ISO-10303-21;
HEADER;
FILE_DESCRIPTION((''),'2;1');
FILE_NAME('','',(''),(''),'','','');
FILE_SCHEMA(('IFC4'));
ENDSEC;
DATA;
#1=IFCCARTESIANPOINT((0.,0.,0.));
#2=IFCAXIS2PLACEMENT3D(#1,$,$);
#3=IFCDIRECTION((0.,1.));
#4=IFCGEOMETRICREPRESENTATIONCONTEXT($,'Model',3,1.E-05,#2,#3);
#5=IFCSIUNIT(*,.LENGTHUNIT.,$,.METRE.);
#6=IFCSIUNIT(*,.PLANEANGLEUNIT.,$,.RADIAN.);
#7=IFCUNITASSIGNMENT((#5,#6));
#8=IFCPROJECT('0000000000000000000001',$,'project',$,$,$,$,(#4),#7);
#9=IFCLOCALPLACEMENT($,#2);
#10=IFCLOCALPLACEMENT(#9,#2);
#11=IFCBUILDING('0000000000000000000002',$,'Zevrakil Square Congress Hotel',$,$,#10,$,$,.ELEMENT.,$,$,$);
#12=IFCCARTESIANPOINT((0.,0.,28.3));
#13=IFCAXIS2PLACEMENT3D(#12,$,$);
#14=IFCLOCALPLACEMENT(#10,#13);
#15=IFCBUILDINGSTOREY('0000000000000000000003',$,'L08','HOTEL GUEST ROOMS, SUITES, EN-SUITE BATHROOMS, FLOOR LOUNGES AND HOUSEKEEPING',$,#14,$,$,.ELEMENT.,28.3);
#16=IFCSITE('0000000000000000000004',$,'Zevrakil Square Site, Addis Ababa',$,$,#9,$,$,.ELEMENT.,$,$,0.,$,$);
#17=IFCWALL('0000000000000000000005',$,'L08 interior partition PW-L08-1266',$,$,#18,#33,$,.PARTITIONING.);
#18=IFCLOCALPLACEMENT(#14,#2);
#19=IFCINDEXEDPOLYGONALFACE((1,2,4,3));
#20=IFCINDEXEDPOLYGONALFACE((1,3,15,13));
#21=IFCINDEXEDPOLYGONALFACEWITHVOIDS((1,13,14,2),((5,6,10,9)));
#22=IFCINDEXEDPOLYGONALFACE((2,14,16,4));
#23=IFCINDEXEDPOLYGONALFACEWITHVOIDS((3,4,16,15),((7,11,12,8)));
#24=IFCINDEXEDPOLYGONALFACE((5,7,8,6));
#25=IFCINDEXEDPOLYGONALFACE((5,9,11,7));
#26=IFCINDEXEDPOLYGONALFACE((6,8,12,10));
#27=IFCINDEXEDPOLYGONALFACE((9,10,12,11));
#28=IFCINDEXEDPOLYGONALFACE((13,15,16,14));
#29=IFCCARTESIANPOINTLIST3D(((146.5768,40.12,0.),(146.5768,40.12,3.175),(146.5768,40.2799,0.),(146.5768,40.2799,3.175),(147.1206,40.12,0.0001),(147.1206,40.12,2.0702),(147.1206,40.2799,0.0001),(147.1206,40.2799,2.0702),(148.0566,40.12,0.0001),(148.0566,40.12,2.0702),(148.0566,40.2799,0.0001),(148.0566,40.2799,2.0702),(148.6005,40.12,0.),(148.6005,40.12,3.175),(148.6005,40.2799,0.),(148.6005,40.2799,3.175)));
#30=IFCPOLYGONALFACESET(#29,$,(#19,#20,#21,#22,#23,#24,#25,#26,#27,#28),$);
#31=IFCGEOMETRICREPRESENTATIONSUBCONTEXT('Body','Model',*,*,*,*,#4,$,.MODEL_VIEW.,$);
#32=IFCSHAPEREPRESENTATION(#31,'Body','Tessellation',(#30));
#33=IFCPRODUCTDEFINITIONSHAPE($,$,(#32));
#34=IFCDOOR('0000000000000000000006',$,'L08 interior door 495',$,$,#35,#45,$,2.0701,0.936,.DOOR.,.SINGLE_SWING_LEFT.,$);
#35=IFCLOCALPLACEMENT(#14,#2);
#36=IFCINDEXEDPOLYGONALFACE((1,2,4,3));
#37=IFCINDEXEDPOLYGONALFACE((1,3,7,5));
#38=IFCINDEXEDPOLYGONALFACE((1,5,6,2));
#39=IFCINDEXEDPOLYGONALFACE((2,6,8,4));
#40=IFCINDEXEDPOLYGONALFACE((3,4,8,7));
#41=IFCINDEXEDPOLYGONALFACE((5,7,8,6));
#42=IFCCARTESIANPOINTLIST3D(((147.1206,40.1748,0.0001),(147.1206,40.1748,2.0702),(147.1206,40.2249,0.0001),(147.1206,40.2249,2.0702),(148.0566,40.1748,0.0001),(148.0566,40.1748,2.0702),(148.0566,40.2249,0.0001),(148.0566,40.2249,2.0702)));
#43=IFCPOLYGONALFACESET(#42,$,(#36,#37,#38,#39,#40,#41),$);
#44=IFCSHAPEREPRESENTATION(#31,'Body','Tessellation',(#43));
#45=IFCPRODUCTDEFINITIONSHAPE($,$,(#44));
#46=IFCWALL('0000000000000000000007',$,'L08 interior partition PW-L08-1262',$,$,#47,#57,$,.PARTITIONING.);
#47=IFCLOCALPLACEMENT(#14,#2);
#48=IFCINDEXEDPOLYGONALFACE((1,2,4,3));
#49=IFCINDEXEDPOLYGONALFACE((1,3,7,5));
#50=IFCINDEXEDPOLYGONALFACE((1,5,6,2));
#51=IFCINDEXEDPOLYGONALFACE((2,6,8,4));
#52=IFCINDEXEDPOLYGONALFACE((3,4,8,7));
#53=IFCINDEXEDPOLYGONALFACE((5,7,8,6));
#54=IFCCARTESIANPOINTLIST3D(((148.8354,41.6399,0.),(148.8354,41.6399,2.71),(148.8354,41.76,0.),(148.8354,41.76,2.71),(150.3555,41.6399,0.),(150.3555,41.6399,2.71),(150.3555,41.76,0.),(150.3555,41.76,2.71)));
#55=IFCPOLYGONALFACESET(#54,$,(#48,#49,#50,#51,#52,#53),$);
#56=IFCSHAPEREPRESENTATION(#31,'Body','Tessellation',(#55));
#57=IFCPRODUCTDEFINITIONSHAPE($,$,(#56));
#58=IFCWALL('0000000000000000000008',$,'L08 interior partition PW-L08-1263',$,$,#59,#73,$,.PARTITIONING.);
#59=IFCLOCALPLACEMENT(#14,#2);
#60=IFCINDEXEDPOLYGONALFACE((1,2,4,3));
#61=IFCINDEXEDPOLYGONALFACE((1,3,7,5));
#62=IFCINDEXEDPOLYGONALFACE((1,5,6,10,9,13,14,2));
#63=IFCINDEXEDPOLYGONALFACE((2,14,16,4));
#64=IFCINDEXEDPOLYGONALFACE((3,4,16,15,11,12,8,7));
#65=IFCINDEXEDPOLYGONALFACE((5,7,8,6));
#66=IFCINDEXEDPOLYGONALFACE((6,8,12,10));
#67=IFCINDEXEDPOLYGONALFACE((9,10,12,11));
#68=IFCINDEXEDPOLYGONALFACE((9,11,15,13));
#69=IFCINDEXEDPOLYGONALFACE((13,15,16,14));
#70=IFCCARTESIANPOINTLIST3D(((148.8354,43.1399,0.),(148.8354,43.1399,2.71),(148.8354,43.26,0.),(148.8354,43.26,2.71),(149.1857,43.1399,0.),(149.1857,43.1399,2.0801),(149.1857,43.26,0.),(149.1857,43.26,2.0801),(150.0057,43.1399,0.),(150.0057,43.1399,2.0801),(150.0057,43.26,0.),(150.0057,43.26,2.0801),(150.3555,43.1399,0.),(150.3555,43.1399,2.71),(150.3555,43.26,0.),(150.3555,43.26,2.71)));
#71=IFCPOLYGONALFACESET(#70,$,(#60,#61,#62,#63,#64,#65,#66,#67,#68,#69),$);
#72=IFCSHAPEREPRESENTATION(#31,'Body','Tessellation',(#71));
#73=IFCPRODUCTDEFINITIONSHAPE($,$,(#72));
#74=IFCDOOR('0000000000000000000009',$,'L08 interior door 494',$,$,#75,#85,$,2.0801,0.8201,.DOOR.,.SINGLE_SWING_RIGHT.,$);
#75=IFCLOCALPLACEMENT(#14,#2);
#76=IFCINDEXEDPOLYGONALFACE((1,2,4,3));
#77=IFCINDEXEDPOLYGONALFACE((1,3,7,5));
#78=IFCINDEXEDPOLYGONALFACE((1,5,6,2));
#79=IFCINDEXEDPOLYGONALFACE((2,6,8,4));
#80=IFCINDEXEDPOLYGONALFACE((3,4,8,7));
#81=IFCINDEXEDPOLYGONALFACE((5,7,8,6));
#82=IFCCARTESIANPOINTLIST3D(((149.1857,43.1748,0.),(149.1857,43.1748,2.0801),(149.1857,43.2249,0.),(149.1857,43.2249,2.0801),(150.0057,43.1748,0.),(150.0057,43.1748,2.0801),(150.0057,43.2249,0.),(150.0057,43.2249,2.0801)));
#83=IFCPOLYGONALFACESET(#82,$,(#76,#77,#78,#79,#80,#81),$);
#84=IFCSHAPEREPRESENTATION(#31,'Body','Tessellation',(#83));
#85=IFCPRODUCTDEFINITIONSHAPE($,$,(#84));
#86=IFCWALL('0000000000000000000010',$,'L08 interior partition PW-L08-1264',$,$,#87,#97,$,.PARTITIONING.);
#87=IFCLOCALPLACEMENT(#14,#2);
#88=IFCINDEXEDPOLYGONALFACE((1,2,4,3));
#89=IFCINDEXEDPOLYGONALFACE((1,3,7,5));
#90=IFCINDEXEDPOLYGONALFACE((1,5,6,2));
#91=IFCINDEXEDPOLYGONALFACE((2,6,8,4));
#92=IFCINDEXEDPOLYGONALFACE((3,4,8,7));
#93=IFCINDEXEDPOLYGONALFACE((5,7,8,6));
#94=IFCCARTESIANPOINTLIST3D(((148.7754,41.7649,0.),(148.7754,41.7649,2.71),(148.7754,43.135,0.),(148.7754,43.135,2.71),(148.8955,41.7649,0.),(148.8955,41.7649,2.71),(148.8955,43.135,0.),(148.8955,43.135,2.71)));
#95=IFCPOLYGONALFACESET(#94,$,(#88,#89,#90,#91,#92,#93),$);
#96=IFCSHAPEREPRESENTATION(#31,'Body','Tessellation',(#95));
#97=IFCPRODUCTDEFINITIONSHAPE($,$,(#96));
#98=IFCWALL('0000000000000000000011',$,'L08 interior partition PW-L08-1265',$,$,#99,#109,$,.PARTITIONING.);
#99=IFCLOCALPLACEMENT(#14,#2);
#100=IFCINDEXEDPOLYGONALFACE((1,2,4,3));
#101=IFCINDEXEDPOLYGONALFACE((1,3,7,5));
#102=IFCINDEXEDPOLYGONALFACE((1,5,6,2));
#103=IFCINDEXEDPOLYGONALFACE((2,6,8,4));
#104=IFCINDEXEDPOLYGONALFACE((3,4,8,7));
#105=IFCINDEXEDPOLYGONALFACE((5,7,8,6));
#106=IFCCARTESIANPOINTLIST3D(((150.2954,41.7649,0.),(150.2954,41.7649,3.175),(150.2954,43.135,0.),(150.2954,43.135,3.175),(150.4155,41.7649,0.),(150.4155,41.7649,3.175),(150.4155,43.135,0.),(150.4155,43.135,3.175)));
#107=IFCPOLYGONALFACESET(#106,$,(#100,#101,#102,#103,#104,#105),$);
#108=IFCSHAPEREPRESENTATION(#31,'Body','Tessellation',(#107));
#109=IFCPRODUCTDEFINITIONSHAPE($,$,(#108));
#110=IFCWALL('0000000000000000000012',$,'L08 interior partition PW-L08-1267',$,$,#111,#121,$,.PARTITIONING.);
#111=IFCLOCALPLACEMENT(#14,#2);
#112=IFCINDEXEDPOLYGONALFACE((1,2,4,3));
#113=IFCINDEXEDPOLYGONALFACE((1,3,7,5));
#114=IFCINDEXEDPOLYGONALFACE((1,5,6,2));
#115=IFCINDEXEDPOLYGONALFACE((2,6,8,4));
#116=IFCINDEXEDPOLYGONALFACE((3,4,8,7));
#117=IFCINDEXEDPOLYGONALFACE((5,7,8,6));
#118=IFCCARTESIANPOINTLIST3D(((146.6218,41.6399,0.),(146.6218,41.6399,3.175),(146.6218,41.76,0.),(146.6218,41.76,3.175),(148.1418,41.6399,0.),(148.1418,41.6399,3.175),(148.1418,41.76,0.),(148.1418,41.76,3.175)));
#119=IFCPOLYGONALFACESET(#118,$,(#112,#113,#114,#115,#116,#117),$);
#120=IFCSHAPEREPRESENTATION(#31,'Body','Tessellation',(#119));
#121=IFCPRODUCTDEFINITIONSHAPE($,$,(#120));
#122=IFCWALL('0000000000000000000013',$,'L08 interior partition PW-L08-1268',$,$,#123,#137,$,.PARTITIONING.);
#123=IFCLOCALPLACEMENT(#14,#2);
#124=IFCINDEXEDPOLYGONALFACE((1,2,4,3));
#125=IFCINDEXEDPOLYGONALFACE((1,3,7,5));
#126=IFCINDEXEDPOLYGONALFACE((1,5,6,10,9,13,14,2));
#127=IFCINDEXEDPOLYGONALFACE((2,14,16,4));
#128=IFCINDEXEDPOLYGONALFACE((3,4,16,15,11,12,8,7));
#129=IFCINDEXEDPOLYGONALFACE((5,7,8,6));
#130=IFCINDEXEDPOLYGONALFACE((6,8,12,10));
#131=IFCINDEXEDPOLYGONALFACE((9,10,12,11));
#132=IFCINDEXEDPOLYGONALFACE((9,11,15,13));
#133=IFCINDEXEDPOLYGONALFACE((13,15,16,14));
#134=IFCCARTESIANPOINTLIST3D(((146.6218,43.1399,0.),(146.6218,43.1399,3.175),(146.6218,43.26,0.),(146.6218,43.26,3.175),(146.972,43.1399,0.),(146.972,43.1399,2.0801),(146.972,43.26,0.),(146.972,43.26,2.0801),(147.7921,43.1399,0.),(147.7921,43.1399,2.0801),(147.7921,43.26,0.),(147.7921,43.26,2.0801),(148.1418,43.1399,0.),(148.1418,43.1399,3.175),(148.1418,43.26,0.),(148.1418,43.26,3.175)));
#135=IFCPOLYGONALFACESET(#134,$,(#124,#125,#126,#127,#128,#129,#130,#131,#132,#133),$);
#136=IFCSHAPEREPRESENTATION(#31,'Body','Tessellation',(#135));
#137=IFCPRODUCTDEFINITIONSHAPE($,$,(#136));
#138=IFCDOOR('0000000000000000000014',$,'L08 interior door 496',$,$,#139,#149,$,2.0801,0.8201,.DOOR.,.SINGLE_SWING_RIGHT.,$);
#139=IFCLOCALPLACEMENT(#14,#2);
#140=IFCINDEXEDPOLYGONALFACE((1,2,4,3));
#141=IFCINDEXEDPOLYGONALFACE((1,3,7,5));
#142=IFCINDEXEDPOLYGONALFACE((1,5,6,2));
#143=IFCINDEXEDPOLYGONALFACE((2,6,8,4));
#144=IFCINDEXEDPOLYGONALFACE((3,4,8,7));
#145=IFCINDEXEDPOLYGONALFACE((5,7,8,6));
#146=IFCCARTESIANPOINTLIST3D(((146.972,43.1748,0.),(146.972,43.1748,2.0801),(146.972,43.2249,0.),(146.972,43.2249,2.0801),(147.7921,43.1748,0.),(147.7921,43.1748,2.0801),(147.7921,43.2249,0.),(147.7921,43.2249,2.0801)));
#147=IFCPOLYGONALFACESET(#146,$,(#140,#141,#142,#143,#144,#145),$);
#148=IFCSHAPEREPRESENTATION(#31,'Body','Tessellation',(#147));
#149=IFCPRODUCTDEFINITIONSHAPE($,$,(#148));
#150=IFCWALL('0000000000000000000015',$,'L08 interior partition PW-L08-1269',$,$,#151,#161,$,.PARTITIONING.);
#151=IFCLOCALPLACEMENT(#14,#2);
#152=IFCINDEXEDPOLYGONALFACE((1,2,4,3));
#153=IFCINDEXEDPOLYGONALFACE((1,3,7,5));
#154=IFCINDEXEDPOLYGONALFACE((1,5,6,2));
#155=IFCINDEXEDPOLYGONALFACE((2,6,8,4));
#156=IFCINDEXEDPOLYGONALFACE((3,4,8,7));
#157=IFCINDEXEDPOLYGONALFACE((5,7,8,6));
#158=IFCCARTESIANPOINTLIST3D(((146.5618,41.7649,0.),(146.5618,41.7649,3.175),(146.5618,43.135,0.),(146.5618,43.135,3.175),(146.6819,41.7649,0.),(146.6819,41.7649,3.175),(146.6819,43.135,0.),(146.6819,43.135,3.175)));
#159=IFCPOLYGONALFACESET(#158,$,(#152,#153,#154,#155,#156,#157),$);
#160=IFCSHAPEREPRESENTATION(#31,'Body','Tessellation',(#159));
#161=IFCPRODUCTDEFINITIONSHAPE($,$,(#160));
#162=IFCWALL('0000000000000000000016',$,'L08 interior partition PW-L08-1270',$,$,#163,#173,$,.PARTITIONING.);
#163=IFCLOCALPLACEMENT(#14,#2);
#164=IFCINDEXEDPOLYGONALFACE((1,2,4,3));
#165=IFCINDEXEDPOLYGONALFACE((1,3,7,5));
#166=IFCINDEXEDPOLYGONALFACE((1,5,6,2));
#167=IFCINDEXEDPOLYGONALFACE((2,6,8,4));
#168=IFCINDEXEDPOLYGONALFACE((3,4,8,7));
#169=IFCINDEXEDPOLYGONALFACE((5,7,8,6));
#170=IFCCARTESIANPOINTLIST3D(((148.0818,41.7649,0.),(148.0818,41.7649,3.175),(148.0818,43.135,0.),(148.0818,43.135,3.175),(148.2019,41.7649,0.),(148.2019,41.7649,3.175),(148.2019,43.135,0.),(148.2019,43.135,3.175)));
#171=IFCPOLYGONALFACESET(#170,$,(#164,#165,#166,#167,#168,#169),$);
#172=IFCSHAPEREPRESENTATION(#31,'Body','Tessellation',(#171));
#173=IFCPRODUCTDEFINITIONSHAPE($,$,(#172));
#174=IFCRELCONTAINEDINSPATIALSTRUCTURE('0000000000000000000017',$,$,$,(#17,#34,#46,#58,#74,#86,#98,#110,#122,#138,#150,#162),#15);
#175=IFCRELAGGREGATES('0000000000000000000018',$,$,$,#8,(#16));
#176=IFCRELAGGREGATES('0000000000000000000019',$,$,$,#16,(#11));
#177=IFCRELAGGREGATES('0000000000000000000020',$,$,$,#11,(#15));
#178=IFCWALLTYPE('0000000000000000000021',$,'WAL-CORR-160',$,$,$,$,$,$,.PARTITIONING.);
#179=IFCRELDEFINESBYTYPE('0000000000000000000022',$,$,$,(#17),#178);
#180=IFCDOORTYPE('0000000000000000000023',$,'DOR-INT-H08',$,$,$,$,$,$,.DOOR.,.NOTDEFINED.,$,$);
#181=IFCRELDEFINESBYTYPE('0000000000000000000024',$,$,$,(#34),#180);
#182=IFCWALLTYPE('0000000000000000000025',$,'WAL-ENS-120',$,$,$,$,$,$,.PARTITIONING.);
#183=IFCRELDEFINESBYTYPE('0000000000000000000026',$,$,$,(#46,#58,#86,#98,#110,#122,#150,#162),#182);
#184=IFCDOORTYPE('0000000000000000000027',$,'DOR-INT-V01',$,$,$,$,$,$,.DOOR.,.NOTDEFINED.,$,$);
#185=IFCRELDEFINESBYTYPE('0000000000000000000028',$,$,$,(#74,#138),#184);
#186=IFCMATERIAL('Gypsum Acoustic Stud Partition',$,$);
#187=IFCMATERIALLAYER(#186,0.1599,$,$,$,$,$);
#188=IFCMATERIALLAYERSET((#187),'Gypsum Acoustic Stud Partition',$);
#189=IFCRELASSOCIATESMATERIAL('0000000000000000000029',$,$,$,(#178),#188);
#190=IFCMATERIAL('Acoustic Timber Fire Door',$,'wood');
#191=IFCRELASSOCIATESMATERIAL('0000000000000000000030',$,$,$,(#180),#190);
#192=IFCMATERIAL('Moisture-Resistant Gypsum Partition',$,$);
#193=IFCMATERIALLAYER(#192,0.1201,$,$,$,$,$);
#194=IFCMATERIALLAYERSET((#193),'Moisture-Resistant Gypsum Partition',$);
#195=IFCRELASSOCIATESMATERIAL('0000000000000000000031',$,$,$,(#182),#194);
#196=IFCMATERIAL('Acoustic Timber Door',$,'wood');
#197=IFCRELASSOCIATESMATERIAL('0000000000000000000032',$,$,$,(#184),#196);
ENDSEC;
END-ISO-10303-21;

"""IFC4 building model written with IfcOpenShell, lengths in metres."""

from ifc_helpers import new_model, si_unit, direction, frame, frame_2d, origin, place, context, subcontext, project, spatial, rectangle, extrude, material, layer, layer_set, type_object, element, fill, save


model = new_model("IFC4")

# Units and contexts
model_context = context("Model", 3, precision=1e-05, world=origin(), true_north=direction((0.0, 1.0)))
body_context = subcontext(model_context, "Body", "Model", "MODEL_VIEW")
ifc_project = project(units=[si_unit("LENGTHUNIT", "METRE"), si_unit("PLANEANGLEUNIT", "RADIAN")], contexts=[model_context])

# Site, building, storey
site_placement = place(None, origin())
site = spatial("IfcSite", under=ifc_project, at=site_placement, Name="Zevrakil Square Site, Addis Ababa", CompositionType="ELEMENT", RefElevation=0.0)
building_placement = place(site_placement, origin())
building = spatial("IfcBuilding", under=site, at=building_placement, Name="Zevrakil Square Congress Hotel", CompositionType="ELEMENT")
storey_placement = place(building_placement, frame((0.0, 0.0, 28.3)))
storey = spatial("IfcBuildingStorey", under=building, at=storey_placement, Name="L08", Description="HOTEL GUEST ROOMS, SUITES, EN-SUITE BATHROOMS, FLOOR LOUNGES AND HOUSEKEEPING", CompositionType="ELEMENT", Elevation=28.3)

# Wall, opening, door
ifc_material_1 = material(Name="Gypsum Acoustic Stud Partition")
ifc_layer_1 = layer(ifc_material_1, 0.1599)
ifc_layer_set_1 = layer_set([ifc_layer_1], Name="Gypsum Acoustic Stud Partition")
wall_type_1 = type_object("IfcWallType", Name="WAL-CORR-160", PredefinedType="PARTITIONING", material=ifc_layer_set_1)
wall_1_placement = place(storey_placement, frame((146.5769, 40.2, 0.0), z_axis=(0.0, 0.0, 1.0), x_axis=(1.0, 0.0, 0.0)))
wall_1 = element("IfcWall", 1, at=wall_1_placement, inside=storey, type_object=wall_type_1, Name="L08 interior partition PW-L08-1266", PredefinedType="PARTITIONING", context=body_context, shape_type="SweptSolid", body=[
    extrude(rectangle(XDim=2.0237, YDim=0.1599, at=frame_2d((1.0117, 0.0))), origin(), (0.0, 0.0, 1.0), 3.175),
])
opening_1_placement = place(wall_1_placement, frame((0.5437, 0.0, 0.0)))
opening_1 = element("IfcOpeningElement", 2, at=opening_1_placement, cuts=wall_1, PredefinedType="OPENING", context=body_context, shape_type="SweptSolid", body=[
    extrude(rectangle(XDim=0.936, YDim=2.0701, at=frame_2d((0.468, 1.0352))), frame((0.0, 0.0898, 0.0), z_axis=(0.0, -1.0, 0.0), x_axis=(1.0, 0.0, 0.0)), (0.0, 0.0, 1.0), 0.1799),
])
ifc_material_2 = material(Name="Acoustic Timber Fire Door", Category="wood")
door_type_1 = type_object("IfcDoorType", Name="DOR-INT-H08", OperationType="NOTDEFINED", PredefinedType="DOOR", material=ifc_material_2)
door_1_placement = place(opening_1_placement, origin())
door_1 = element("IfcDoor", 3, at=door_1_placement, inside=storey, type_object=door_type_1, Name="L08 interior door 495", OperationType="SINGLE_SWING_LEFT", OverallHeight=2.0701, OverallWidth=0.936, PredefinedType="DOOR", context=body_context, shape_type="SweptSolid", body=[
    extrude(rectangle(XDim=0.936, YDim=2.0701, at=frame_2d((0.468, 1.0352))), frame((0.0, 0.0249, 0.0), z_axis=(0.0, -1.0, 0.0), x_axis=(1.0, 0.0, 0.0)), (0.0, 0.0, 1.0), 0.05),
])
fill(opening_1, door_1)

# Wall
ifc_material_3 = material(Name="Moisture-Resistant Gypsum Partition")
ifc_layer_2 = layer(ifc_material_3, 0.1201)
ifc_layer_set_2 = layer_set([ifc_layer_2], Name="Moisture-Resistant Gypsum Partition")
wall_type_2 = type_object("IfcWallType", Name="WAL-ENS-120", PredefinedType="PARTITIONING", material=ifc_layer_set_2)
wall_2_placement = place(storey_placement, frame((148.8354, 41.7, 0.0), z_axis=(0.0, 0.0, 1.0), x_axis=(1.0, 0.0, 0.0)))
element("IfcWall", 4, at=wall_2_placement, inside=storey, type_object=wall_type_2, Name="L08 interior partition PW-L08-1262", PredefinedType="PARTITIONING", context=body_context, shape_type="SweptSolid", body=[
    extrude(rectangle(XDim=1.52, YDim=0.1201, at=frame_2d((0.76, 0.0))), origin(), (0.0, 0.0, 1.0), 2.71),
])

# Wall, opening, door
wall_3_placement = place(storey_placement, frame((148.8354, 43.2, 0.0), z_axis=(0.0, 0.0, 1.0), x_axis=(1.0, 0.0, 0.0)))
wall_3 = element("IfcWall", 5, at=wall_3_placement, inside=storey, type_object=wall_type_2, Name="L08 interior partition PW-L08-1263", PredefinedType="PARTITIONING", context=body_context, shape_type="SweptSolid", body=[
    extrude(rectangle(XDim=1.52, YDim=0.1201, at=frame_2d((0.76, 0.0))), origin(), (0.0, 0.0, 1.0), 2.71),
])
opening_2_placement = place(wall_3_placement, frame((0.3501, 0.0, 0.0)))
opening_2 = element("IfcOpeningElement", 6, at=opening_2_placement, cuts=wall_3, PredefinedType="OPENING", context=body_context, shape_type="SweptSolid", body=[
    extrude(rectangle(XDim=0.8201, YDim=2.0801, at=frame_2d((0.4102, 1.04))), frame((0.0, 0.0701, 0.0), z_axis=(0.0, -1.0, 0.0), x_axis=(1.0, 0.0, 0.0)), (0.0, 0.0, 1.0), 0.1401),
])
ifc_material_4 = material(Name="Acoustic Timber Door", Category="wood")
door_type_2 = type_object("IfcDoorType", Name="DOR-INT-V01", OperationType="NOTDEFINED", PredefinedType="DOOR", material=ifc_material_4)
door_2_placement = place(opening_2_placement, origin())
door_2 = element("IfcDoor", 7, at=door_2_placement, inside=storey, type_object=door_type_2, Name="L08 interior door 494", OperationType="SINGLE_SWING_RIGHT", OverallHeight=2.0801, OverallWidth=0.8201, PredefinedType="DOOR", context=body_context, shape_type="SweptSolid", body=[
    extrude(rectangle(XDim=0.8201, YDim=2.0801, at=frame_2d((0.4102, 1.04))), frame((0.0, 0.0249, 0.0), z_axis=(0.0, -1.0, 0.0), x_axis=(1.0, 0.0, 0.0)), (0.0, 0.0, 1.0), 0.05),
])
fill(opening_2, door_2)

# Walls
wall_4_placement = place(storey_placement, frame((148.8354, 41.7649, 0.0), z_axis=(0.0, 0.0, 1.0), x_axis=(0.0, 1.0, 0.0)))
element("IfcWall", 8, at=wall_4_placement, inside=storey, type_object=wall_type_2, Name="L08 interior partition PW-L08-1264", PredefinedType="PARTITIONING", context=body_context, shape_type="SweptSolid", body=[
    extrude(rectangle(XDim=1.3701, YDim=0.1201, at=frame_2d((0.6851, 0.0))), origin(), (0.0, 0.0, 1.0), 2.71),
])
wall_5_placement = place(storey_placement, frame((150.3555, 41.7649, 0.0), z_axis=(0.0, 0.0, 1.0), x_axis=(0.0, 1.0, 0.0)))
element("IfcWall", 9, at=wall_5_placement, inside=storey, type_object=wall_type_2, Name="L08 interior partition PW-L08-1265", PredefinedType="PARTITIONING", context=body_context, shape_type="SweptSolid", body=[
    extrude(rectangle(XDim=1.3701, YDim=0.1201, at=frame_2d((0.6851, 0.0))), origin(), (0.0, 0.0, 1.0), 3.175),
])
wall_6_placement = place(storey_placement, frame((146.6218, 41.7, 0.0), z_axis=(0.0, 0.0, 1.0), x_axis=(1.0, 0.0, 0.0)))
element("IfcWall", 10, at=wall_6_placement, inside=storey, type_object=wall_type_2, Name="L08 interior partition PW-L08-1267", PredefinedType="PARTITIONING", context=body_context, shape_type="SweptSolid", body=[
    extrude(rectangle(XDim=1.52, YDim=0.1201, at=frame_2d((0.76, 0.0))), origin(), (0.0, 0.0, 1.0), 3.175),
])

# Wall, opening, door
wall_7_placement = place(storey_placement, frame((146.6218, 43.2, 0.0), z_axis=(0.0, 0.0, 1.0), x_axis=(1.0, 0.0, 0.0)))
wall_7 = element("IfcWall", 11, at=wall_7_placement, inside=storey, type_object=wall_type_2, Name="L08 interior partition PW-L08-1268", PredefinedType="PARTITIONING", context=body_context, shape_type="SweptSolid", body=[
    extrude(rectangle(XDim=1.52, YDim=0.1201, at=frame_2d((0.76, 0.0))), origin(), (0.0, 0.0, 1.0), 3.175),
])
opening_3_placement = place(wall_7_placement, frame((0.3501, 0.0, 0.0)))
opening_3 = element("IfcOpeningElement", 12, at=opening_3_placement, cuts=wall_7, PredefinedType="OPENING", context=body_context, shape_type="SweptSolid", body=[
    extrude(rectangle(XDim=0.8201, YDim=2.0801, at=frame_2d((0.4102, 1.04))), frame((0.0, 0.0701, 0.0), z_axis=(0.0, -1.0, 0.0), x_axis=(1.0, 0.0, 0.0)), (0.0, 0.0, 1.0), 0.1401),
])
door_3_placement = place(opening_3_placement, origin())
door_3 = element("IfcDoor", 13, at=door_3_placement, inside=storey, type_object=door_type_2, Name="L08 interior door 496", OperationType="SINGLE_SWING_RIGHT", OverallHeight=2.0801, OverallWidth=0.8201, PredefinedType="DOOR", context=body_context, shape_type="SweptSolid", body=[
    extrude(rectangle(XDim=0.8201, YDim=2.0801, at=frame_2d((0.4102, 1.04))), frame((0.0, 0.0249, 0.0), z_axis=(0.0, -1.0, 0.0), x_axis=(1.0, 0.0, 0.0)), (0.0, 0.0, 1.0), 0.05),
])
fill(opening_3, door_3)

# Walls
for number, where, z_axis, x_axis, name in (
    (14, (146.6218, 41.7649, 0.0), (0.0, 0.0, 1.0), (0.0, 1.0, 0.0), "L08 interior partition PW-L08-1269"),
    (15, (148.1418, 41.7649, 0.0), (0.0, 0.0, 1.0), (0.0, 1.0, 0.0), "L08 interior partition PW-L08-1270"),
):
    element("IfcWall", number, at=place(storey_placement, frame(where, z_axis=z_axis, x_axis=x_axis)), inside=storey, type_object=wall_type_2, Name=name, PredefinedType="PARTITIONING", context=body_context, shape_type="SweptSolid", body=[
        extrude(rectangle(XDim=1.3701, YDim=0.1201, at=frame_2d((0.6851, 0.0))), origin(), (0.0, 0.0, 1.0), 3.175),
    ])

save(model, "model.ifc")
